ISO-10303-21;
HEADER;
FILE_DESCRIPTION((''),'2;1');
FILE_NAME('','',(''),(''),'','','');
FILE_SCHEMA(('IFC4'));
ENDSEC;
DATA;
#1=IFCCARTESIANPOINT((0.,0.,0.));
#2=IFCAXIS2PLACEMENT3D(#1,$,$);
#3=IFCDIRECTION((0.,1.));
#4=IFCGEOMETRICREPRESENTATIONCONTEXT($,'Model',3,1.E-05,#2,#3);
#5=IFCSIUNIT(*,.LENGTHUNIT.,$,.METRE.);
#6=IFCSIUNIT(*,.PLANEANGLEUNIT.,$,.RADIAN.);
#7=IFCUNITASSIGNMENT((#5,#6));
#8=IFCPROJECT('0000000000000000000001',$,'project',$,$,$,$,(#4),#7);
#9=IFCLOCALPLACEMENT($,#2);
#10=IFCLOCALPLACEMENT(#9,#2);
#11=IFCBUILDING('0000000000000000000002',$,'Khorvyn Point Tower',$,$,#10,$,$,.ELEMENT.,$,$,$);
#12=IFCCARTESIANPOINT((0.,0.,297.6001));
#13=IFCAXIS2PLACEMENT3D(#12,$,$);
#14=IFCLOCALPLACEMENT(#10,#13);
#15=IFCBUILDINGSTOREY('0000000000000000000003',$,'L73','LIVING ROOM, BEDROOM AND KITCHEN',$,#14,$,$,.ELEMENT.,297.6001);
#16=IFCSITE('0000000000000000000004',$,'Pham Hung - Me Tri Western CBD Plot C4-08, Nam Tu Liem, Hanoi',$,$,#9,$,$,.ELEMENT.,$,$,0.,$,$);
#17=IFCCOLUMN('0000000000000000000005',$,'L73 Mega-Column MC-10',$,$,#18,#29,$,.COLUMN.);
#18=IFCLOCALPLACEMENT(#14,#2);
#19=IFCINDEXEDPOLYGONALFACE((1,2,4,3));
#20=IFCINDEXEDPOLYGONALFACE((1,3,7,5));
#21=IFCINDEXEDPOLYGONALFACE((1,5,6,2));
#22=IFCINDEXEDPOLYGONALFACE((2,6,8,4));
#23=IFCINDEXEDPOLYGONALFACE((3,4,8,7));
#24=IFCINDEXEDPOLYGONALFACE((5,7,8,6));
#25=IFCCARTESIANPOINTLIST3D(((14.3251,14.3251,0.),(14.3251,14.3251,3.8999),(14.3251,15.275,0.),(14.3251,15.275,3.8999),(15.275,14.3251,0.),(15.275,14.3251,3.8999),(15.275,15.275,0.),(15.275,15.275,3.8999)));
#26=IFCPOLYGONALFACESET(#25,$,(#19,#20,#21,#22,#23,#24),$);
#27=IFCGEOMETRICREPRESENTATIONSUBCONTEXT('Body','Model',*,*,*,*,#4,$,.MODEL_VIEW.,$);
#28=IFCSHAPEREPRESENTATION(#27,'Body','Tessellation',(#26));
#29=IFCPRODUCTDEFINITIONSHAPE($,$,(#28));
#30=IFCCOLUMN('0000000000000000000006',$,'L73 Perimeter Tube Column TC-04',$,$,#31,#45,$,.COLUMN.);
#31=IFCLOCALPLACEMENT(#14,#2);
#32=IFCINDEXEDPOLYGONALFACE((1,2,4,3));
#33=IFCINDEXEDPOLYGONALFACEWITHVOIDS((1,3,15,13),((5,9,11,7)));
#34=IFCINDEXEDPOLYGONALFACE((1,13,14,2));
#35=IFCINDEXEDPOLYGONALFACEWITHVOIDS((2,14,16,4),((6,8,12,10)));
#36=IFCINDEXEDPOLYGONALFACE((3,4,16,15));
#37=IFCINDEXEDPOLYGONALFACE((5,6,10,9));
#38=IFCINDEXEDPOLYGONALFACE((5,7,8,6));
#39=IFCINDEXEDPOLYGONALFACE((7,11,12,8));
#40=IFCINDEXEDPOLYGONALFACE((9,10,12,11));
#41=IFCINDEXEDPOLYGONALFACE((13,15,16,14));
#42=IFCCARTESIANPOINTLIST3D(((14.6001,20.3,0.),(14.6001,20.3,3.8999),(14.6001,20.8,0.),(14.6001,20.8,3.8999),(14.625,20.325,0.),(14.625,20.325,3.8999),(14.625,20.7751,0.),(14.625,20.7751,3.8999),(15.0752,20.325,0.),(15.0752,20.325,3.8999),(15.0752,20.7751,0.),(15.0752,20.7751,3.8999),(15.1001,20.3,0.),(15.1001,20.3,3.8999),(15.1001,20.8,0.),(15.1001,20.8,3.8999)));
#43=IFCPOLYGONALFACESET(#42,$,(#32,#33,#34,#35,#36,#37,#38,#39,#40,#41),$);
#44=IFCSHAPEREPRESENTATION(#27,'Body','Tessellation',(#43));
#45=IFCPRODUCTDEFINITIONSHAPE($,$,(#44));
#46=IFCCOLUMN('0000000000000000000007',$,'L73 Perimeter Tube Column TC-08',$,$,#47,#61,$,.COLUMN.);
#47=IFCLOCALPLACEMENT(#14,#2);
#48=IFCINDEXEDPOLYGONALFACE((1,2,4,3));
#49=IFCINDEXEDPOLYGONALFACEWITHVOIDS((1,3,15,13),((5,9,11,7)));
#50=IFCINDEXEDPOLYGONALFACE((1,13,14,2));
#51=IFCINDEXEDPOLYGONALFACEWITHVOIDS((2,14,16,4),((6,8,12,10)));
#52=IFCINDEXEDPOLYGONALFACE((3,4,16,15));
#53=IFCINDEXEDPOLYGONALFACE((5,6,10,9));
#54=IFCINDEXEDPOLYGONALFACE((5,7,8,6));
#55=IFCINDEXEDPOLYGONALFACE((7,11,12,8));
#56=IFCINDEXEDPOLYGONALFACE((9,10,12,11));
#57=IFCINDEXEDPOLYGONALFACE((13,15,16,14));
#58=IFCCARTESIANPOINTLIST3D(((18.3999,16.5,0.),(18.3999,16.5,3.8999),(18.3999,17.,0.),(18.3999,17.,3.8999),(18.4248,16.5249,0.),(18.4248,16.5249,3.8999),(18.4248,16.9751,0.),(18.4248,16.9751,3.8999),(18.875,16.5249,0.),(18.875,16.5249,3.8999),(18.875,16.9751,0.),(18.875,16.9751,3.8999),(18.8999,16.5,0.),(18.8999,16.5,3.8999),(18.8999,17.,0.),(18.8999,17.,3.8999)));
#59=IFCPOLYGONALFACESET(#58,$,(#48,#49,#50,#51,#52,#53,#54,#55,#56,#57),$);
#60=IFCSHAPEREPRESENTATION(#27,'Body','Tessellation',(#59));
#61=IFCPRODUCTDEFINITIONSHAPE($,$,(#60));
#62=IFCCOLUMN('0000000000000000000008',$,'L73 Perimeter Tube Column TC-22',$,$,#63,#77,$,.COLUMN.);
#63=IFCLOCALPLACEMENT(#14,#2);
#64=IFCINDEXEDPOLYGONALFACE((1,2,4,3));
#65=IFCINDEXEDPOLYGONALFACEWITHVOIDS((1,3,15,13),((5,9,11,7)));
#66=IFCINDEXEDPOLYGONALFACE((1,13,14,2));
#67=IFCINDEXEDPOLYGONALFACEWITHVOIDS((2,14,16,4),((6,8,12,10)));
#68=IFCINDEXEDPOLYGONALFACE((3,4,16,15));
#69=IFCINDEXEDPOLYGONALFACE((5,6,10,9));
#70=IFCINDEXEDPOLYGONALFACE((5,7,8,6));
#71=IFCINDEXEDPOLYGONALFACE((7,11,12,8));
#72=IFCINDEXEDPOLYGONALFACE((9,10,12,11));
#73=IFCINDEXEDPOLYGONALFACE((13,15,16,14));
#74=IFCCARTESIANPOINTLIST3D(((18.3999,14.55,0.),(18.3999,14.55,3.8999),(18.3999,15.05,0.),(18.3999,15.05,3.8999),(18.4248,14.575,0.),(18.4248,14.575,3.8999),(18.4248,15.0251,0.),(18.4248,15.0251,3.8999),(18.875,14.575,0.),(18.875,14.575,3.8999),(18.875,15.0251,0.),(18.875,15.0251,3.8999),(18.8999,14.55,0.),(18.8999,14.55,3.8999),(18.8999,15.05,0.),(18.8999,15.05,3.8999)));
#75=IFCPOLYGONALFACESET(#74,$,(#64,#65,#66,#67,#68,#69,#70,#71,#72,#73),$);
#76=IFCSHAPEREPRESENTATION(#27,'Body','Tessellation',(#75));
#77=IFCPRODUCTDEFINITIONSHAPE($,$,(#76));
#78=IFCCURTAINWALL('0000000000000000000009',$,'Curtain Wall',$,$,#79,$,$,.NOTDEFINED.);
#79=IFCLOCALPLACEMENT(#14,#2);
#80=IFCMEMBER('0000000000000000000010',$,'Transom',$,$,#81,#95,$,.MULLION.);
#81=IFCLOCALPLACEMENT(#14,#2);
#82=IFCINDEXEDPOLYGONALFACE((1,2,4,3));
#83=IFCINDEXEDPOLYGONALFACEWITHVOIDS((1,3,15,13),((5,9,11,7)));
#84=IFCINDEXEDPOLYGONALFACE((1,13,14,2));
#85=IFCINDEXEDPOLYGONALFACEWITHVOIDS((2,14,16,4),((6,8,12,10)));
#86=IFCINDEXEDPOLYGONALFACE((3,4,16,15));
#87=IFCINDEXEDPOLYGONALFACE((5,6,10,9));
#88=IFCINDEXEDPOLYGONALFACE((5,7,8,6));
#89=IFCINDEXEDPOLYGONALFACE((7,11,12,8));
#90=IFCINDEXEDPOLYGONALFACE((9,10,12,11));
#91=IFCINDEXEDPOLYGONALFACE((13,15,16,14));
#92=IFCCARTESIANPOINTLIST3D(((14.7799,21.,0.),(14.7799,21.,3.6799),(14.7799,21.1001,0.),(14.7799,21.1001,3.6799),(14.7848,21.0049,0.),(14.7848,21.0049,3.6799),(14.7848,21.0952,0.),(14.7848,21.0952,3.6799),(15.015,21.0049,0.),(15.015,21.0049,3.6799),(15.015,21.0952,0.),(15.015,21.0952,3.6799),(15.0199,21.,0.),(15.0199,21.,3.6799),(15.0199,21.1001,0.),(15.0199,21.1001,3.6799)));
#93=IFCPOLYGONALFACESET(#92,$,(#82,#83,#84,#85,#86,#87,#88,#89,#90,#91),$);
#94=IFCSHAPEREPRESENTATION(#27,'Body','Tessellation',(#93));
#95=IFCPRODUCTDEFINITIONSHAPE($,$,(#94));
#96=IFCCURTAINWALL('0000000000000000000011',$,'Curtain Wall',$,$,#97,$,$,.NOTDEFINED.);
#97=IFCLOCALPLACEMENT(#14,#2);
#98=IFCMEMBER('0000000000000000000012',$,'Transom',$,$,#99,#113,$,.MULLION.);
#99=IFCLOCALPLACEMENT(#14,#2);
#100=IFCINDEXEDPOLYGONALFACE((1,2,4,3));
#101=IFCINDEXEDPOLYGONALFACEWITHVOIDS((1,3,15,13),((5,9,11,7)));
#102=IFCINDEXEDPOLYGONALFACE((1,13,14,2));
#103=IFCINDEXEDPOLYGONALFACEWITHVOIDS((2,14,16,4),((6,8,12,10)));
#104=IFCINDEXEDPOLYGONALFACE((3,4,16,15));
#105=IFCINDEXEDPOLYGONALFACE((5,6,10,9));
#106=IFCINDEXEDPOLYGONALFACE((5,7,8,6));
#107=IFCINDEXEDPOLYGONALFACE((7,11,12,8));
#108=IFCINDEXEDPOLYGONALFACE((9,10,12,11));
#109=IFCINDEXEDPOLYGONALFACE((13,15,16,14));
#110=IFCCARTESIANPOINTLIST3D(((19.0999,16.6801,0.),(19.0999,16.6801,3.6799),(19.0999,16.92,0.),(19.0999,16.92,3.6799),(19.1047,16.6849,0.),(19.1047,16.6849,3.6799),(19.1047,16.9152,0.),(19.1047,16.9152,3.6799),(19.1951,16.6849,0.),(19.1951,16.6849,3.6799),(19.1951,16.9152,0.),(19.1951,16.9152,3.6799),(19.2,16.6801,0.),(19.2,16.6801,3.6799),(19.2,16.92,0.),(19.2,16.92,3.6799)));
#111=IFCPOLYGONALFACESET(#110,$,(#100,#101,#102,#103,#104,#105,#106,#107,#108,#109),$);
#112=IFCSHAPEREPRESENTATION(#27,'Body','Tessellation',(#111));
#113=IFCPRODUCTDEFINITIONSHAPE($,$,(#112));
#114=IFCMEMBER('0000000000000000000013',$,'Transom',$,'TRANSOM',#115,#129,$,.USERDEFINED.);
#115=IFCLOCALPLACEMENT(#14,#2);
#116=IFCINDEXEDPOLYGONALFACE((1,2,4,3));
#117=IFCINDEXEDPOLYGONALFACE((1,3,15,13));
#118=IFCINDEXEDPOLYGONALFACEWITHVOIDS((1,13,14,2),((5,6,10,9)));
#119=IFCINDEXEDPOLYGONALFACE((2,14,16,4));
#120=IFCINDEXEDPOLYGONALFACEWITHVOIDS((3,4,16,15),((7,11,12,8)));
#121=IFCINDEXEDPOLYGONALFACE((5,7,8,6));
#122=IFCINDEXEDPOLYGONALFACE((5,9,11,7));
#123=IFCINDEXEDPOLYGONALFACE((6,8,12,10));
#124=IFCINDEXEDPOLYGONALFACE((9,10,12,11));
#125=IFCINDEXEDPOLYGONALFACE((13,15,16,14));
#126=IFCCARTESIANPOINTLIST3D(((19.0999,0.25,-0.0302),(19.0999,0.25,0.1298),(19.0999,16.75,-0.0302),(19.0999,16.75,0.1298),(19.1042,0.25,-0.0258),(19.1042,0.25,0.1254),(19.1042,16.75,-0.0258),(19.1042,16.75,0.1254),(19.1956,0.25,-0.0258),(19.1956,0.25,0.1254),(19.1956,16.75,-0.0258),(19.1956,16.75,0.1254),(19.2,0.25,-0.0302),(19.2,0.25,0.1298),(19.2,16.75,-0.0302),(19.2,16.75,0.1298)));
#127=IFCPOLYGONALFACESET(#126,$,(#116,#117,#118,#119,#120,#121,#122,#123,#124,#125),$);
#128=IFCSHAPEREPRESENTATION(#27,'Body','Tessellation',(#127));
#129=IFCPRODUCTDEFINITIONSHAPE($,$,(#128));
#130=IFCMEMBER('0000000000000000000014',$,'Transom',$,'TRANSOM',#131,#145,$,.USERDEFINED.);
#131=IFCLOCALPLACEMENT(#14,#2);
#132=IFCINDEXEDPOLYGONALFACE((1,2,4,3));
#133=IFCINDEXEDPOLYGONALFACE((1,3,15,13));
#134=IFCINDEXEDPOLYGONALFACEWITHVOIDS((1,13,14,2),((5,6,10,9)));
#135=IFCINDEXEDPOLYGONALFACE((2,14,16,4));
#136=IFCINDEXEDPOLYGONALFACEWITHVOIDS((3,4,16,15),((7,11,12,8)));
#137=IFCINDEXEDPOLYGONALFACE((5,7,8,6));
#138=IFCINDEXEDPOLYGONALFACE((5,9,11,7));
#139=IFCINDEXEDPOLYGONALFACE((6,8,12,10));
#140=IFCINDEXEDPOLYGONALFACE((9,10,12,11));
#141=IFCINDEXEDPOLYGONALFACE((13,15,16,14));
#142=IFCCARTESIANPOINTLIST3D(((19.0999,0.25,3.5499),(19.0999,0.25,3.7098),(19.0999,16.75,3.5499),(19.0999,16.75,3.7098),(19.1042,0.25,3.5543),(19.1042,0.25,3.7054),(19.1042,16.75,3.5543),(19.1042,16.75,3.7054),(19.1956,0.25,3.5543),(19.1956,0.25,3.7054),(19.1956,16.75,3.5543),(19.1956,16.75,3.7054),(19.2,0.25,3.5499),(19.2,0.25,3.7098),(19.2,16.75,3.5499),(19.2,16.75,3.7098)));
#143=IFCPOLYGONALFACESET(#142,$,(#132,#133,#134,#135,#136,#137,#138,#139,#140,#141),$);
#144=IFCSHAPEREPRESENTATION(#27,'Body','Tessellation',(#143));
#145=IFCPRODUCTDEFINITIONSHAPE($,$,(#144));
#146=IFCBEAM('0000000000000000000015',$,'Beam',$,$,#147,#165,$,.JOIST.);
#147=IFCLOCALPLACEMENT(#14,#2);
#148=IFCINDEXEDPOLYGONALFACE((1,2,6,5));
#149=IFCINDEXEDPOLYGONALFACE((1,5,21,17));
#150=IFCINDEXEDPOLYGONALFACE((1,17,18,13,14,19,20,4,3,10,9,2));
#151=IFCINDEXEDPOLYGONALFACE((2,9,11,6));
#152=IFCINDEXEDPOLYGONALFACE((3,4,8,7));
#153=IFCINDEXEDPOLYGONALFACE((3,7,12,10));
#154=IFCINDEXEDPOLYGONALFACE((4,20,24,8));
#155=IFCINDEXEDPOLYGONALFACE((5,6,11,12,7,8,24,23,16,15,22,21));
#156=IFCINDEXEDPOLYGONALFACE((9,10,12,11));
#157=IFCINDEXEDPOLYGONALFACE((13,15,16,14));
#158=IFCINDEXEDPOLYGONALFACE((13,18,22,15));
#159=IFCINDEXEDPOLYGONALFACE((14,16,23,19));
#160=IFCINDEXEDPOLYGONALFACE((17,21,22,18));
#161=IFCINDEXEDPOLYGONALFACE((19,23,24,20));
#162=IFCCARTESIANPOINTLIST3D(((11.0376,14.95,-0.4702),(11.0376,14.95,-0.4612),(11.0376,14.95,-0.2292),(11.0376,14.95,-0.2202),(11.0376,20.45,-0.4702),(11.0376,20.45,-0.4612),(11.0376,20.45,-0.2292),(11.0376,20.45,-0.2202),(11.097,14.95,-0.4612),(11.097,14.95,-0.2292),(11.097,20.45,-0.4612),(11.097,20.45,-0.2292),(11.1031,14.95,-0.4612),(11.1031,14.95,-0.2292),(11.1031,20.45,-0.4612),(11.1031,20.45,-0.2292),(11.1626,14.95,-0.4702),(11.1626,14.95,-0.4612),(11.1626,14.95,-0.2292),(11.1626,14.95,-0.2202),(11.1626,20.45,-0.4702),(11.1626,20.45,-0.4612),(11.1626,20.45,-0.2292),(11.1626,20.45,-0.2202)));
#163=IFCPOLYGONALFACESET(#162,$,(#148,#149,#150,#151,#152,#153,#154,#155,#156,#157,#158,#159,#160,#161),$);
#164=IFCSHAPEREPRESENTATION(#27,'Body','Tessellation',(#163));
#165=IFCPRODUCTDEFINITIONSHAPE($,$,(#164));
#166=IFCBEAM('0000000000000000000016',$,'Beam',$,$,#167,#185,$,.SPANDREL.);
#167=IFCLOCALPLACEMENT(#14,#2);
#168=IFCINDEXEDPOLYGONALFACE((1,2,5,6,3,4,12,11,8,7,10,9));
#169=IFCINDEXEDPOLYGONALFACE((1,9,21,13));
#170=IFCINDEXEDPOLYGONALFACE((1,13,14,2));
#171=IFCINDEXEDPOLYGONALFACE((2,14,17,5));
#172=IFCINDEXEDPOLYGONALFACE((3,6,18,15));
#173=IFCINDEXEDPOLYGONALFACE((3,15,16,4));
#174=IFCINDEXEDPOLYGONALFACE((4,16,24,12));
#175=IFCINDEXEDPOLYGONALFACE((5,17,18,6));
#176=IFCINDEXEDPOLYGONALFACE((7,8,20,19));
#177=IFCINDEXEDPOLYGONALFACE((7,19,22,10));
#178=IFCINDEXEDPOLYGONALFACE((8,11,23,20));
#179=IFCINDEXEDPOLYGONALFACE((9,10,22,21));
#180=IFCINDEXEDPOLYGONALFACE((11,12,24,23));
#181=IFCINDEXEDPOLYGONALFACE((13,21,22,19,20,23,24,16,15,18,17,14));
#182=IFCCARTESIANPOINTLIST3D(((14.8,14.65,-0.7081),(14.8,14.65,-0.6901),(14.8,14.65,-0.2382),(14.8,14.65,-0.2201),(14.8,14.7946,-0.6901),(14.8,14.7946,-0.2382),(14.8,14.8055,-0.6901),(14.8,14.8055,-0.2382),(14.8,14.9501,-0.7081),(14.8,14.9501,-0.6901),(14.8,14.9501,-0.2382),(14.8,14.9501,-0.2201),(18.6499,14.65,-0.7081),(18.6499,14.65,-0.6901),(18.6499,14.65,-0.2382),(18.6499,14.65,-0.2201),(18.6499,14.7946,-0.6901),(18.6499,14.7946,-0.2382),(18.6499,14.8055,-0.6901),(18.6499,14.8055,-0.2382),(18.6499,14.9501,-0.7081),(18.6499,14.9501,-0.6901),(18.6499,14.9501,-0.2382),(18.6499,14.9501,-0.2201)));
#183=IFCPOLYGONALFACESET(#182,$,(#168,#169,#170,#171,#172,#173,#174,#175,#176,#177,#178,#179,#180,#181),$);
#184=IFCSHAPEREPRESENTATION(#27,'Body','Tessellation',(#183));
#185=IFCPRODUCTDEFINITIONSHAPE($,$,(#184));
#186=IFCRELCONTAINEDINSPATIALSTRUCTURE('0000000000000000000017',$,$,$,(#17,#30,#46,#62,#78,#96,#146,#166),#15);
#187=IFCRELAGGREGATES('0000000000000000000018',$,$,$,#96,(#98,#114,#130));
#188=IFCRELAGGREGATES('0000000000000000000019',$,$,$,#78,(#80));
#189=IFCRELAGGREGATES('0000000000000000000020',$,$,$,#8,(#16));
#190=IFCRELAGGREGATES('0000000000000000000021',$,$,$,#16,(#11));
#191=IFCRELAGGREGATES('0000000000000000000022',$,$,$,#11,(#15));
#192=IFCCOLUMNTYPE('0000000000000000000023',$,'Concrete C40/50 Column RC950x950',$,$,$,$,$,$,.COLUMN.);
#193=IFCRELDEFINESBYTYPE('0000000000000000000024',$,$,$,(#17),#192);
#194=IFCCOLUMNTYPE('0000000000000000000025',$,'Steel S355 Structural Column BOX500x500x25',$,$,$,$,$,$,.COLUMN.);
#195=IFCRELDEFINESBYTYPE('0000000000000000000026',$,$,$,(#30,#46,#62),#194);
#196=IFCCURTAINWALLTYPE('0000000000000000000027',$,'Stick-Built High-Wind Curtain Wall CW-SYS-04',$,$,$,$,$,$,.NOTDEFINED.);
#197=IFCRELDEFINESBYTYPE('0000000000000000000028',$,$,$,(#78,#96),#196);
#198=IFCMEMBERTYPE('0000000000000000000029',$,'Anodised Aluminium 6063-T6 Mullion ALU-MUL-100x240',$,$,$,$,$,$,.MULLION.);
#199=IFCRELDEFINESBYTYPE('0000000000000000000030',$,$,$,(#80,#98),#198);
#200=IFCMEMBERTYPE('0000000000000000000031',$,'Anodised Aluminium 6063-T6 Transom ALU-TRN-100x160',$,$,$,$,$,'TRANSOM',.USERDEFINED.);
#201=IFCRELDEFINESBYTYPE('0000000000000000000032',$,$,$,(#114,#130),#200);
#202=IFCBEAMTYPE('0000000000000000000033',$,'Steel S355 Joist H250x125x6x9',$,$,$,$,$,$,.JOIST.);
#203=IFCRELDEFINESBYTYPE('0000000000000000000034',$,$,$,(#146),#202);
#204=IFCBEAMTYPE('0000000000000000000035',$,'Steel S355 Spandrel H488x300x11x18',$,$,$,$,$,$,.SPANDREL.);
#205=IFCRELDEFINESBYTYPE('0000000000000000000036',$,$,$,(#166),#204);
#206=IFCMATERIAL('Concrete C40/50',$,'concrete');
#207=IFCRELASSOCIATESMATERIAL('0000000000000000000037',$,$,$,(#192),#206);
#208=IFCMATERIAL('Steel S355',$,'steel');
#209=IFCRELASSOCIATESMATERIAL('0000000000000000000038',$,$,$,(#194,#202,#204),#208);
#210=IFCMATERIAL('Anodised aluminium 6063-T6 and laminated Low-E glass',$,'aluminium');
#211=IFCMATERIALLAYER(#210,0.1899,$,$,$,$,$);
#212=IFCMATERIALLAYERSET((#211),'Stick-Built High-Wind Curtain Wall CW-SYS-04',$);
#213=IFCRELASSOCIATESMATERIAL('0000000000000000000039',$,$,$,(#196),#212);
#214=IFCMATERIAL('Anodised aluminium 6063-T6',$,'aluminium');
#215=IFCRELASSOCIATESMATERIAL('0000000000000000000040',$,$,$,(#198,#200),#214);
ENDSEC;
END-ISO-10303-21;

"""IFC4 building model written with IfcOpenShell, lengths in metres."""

from ifc_helpers import new_model, si_unit, direction, frame, origin, origin_2d, place, context, subcontext, project, spatial, rectangle, hollow_rectangle, i_section, extrude, material, layer, layer_set, material_profile, profile_set, type_object, element, aggregate, save


model = new_model("IFC4")

# Units and contexts
model_context = context("Model", 3, precision=1e-05, world=origin(), true_north=direction((0.0, 1.0)))
body_context = subcontext(model_context, "Body", "Model", "MODEL_VIEW")
ifc_project = project(units=[si_unit("LENGTHUNIT", "METRE"), si_unit("PLANEANGLEUNIT", "RADIAN")], contexts=[model_context])

# Site, building, storey
site_placement = place(None, origin())
site = spatial("IfcSite", under=ifc_project, at=site_placement, Name="Pham Hung - Me Tri Western CBD Plot C4-08, Nam Tu Liem, Hanoi", CompositionType="ELEMENT", RefElevation=0.0)
building_placement = place(site_placement, origin())
building = spatial("IfcBuilding", under=site, at=building_placement, Name="Khorvyn Point Tower", CompositionType="ELEMENT")
storey_placement = place(building_placement, frame((0.0, 0.0, 297.6001)))
storey = spatial("IfcBuildingStorey", under=building, at=storey_placement, Name="L73", Description="LIVING ROOM, BEDROOM AND KITCHEN", CompositionType="ELEMENT", Elevation=297.6001)

# Columns
ifc_material_1 = material(Name="Concrete C40/50", Category="concrete")
ifc_material_profile_1 = material_profile(ifc_material_1, rectangle(XDim=0.95, YDim=0.95, at=origin_2d()))
ifc_profile_set_1 = profile_set([ifc_material_profile_1], Name="Concrete C40/50 RC950x950")
column_type_1 = type_object("IfcColumnType", Name="Concrete C40/50 Column RC950x950", PredefinedType="COLUMN", material=ifc_profile_set_1)
column_placement = place(storey_placement, frame((14.8, 14.8, 0.0), z_axis=(0.0, 0.0, 1.0), x_axis=(1.0, 0.0, 0.0)))
element("IfcColumn", 1, at=column_placement, inside=storey, type_object=column_type_1, Name="L73 Mega-Column MC-10", PredefinedType="COLUMN", context=body_context, shape_type="SweptSolid", body=[
    extrude(rectangle(XDim=0.95, YDim=0.95, at=origin_2d()), origin(), (0.0, 0.0, 1.0), 3.8999),
])
ifc_material_2 = material(Name="Steel S355", Category="steel")
ifc_material_profile_2 = material_profile(ifc_material_2, hollow_rectangle(XDim=0.5, YDim=0.5, WallThickness=0.0249, at=origin_2d()))
ifc_profile_set_2 = profile_set([ifc_material_profile_2], Name="Steel S355 BOX500x500x25")
column_type_2 = type_object("IfcColumnType", Name="Steel S355 Structural Column BOX500x500x25", PredefinedType="COLUMN", material=ifc_profile_set_2)
for number, where, z_axis, x_axis, name in (
    (2, (14.8501, 20.55, 0.0), (0.0, 0.0, 1.0), (1.0, 0.0, 0.0), "L73 Perimeter Tube Column TC-04"),
    (3, (18.6499, 16.75, 0.0), (0.0, 0.0, 1.0), (1.0, 0.0, 0.0), "L73 Perimeter Tube Column TC-08"),
    (4, (18.6499, 14.8, 0.0), (0.0, 0.0, 1.0), (1.0, 0.0, 0.0), "L73 Perimeter Tube Column TC-22"),
):
    element("IfcColumn", number, at=place(storey_placement, frame(where, z_axis=z_axis, x_axis=x_axis)), inside=storey, type_object=column_type_2, Name=name, PredefinedType="COLUMN", context=body_context, shape_type="SweptSolid", body=[
        extrude(hollow_rectangle(XDim=0.5, YDim=0.5, WallThickness=0.0249, at=origin_2d()), origin(), (0.0, 0.0, 1.0), 3.8999),
    ])

# Curtain wall, member
ifc_material_3 = material(Name="Anodised aluminium 6063-T6 and laminated Low-E glass", Category="aluminium")
ifc_layer_1 = layer(ifc_material_3, 0.1899)
ifc_layer_set_1 = layer_set([ifc_layer_1], Name="Stick-Built High-Wind Curtain Wall CW-SYS-04")
curtain_wall_type = type_object("IfcCurtainWallType", Name="Stick-Built High-Wind Curtain Wall CW-SYS-04", PredefinedType="NOTDEFINED", material=ifc_layer_set_1)
curtain_wall_1_placement = place(storey_placement, origin())
curtain_wall_1 = element("IfcCurtainWall", 5, at=curtain_wall_1_placement, inside=storey, type_object=curtain_wall_type, Name="Curtain Wall", PredefinedType="NOTDEFINED")
ifc_material_4 = material(Name="Anodised aluminium 6063-T6", Category="aluminium")
ifc_material_profile_3 = material_profile(ifc_material_4, hollow_rectangle(XDim=0.1001, YDim=0.24, WallThickness=0.0049, at=origin_2d()))
ifc_profile_set_3 = profile_set([ifc_material_profile_3], Name="Anodised aluminium 6063-T6 ALU-MUL-100x240")
member_type_1 = type_object("IfcMemberType", Name="Anodised Aluminium 6063-T6 Mullion ALU-MUL-100x240", PredefinedType="MULLION", material=ifc_profile_set_3)
member_1_placement = place(storey_placement, frame((14.8999, 21.05, 0.0), z_axis=(0.0, 0.0, 1.0), x_axis=(0.0, 1.0, 0.0)))
member_1 = element("IfcMember", 6, at=member_1_placement, type_object=member_type_1, Name="Transom", PredefinedType="MULLION", context=body_context, shape_type="SweptSolid", body=[
    extrude(hollow_rectangle(XDim=0.1001, YDim=0.24, WallThickness=0.0049, at=origin_2d()), origin(), (0.0, 0.0, 1.0), 3.6799),
])

# Curtain wall, members
curtain_wall_2_placement = place(storey_placement, origin())
curtain_wall_2 = element("IfcCurtainWall", 7, at=curtain_wall_2_placement, inside=storey, type_object=curtain_wall_type, Name="Curtain Wall", PredefinedType="NOTDEFINED")
member_2_placement = place(storey_placement, frame((19.1499, 16.8, 0.0), z_axis=(0.0, 0.0, 1.0), x_axis=(1.0, 0.0, 0.0)))
member_2 = element("IfcMember", 8, at=member_2_placement, type_object=member_type_1, Name="Transom", PredefinedType="MULLION", context=body_context, shape_type="SweptSolid", body=[
    extrude(hollow_rectangle(XDim=0.1001, YDim=0.24, WallThickness=0.0049, at=origin_2d()), origin(), (0.0, 0.0, 1.0), 3.6799),
])
ifc_material_profile_4 = material_profile(ifc_material_4, hollow_rectangle(XDim=0.1001, YDim=0.1599, WallThickness=0.0044, at=origin_2d()))
ifc_profile_set_4 = profile_set([ifc_material_profile_4], Name="Anodised aluminium 6063-T6 ALU-TRN-100x160")
member_type_2 = type_object("IfcMemberType", Name="Anodised Aluminium 6063-T6 Transom ALU-TRN-100x160", ElementType="TRANSOM", PredefinedType="USERDEFINED", material=ifc_profile_set_4)
member_3_placement = place(storey_placement, frame((19.1499, 16.75, 0.0498), z_axis=(0.0, -1.0, 0.0), x_axis=(1.0, 0.0, 0.0)))
member_3 = element("IfcMember", 9, at=member_3_placement, type_object=member_type_2, Name="Transom", ObjectType="TRANSOM", PredefinedType="USERDEFINED", context=body_context, shape_type="SweptSolid", body=[
    extrude(hollow_rectangle(XDim=0.1001, YDim=0.1599, WallThickness=0.0044, at=origin_2d()), origin(), (0.0, 0.0, 1.0), 16.5),
])
member_4_placement = place(storey_placement, frame((19.1499, 16.75, 3.6299), z_axis=(0.0, -1.0, 0.0), x_axis=(1.0, 0.0, 0.0)))
member_4 = element("IfcMember", 10, at=member_4_placement, type_object=member_type_2, Name="Transom", ObjectType="TRANSOM", PredefinedType="USERDEFINED", context=body_context, shape_type="SweptSolid", body=[
    extrude(hollow_rectangle(XDim=0.1001, YDim=0.1599, WallThickness=0.0044, at=origin_2d()), origin(), (0.0, 0.0, 1.0), 16.5),
])
aggregate(curtain_wall_2, [member_2, member_3, member_4])

# Beams
ifc_material_profile_5 = material_profile(ifc_material_2, i_section(OverallWidth=0.125, OverallDepth=0.25, WebThickness=0.0061, FlangeThickness=0.009, at=origin_2d()))
ifc_profile_set_5 = profile_set([ifc_material_profile_5], Name="Steel S355 H250x125x6x9")
beam_type_1 = type_object("IfcBeamType", Name="Steel S355 Joist H250x125x6x9", PredefinedType="JOIST", material=ifc_profile_set_5)
beam_1_placement = place(storey_placement, frame((11.1001, 14.95, -0.3452), z_axis=(0.0, 1.0, 0.0), x_axis=(-1.0, 0.0, 0.0)))
element("IfcBeam", 11, at=beam_1_placement, inside=storey, type_object=beam_type_1, Name="Beam", PredefinedType="JOIST", context=body_context, shape_type="SweptSolid", body=[
    extrude(i_section(OverallWidth=0.125, OverallDepth=0.25, WebThickness=0.0061, FlangeThickness=0.009, at=origin_2d()), origin(), (0.0, 0.0, 1.0), 5.5),
])
ifc_material_profile_6 = material_profile(ifc_material_2, i_section(OverallWidth=0.3, OverallDepth=0.488, WebThickness=0.011, FlangeThickness=0.0181, at=origin_2d()))
ifc_profile_set_6 = profile_set([ifc_material_profile_6], Name="Steel S355 H488x300x11x18")
beam_type_2 = type_object("IfcBeamType", Name="Steel S355 Spandrel H488x300x11x18", PredefinedType="SPANDREL", material=ifc_profile_set_6)
beam_2_placement = place(storey_placement, frame((14.8, 14.8, -0.4641), z_axis=(1.0, 0.0, 0.0), x_axis=(0.0, 1.0, 0.0)))
element("IfcBeam", 12, at=beam_2_placement, inside=storey, type_object=beam_type_2, Name="Beam", PredefinedType="SPANDREL", context=body_context, shape_type="SweptSolid", body=[
    extrude(i_section(OverallWidth=0.3, OverallDepth=0.488, WebThickness=0.011, FlangeThickness=0.0181, at=origin_2d()), origin(), (0.0, 0.0, 1.0), 3.8499),
])

aggregate(curtain_wall_1, [member_1])

save(model, "model.ifc")
